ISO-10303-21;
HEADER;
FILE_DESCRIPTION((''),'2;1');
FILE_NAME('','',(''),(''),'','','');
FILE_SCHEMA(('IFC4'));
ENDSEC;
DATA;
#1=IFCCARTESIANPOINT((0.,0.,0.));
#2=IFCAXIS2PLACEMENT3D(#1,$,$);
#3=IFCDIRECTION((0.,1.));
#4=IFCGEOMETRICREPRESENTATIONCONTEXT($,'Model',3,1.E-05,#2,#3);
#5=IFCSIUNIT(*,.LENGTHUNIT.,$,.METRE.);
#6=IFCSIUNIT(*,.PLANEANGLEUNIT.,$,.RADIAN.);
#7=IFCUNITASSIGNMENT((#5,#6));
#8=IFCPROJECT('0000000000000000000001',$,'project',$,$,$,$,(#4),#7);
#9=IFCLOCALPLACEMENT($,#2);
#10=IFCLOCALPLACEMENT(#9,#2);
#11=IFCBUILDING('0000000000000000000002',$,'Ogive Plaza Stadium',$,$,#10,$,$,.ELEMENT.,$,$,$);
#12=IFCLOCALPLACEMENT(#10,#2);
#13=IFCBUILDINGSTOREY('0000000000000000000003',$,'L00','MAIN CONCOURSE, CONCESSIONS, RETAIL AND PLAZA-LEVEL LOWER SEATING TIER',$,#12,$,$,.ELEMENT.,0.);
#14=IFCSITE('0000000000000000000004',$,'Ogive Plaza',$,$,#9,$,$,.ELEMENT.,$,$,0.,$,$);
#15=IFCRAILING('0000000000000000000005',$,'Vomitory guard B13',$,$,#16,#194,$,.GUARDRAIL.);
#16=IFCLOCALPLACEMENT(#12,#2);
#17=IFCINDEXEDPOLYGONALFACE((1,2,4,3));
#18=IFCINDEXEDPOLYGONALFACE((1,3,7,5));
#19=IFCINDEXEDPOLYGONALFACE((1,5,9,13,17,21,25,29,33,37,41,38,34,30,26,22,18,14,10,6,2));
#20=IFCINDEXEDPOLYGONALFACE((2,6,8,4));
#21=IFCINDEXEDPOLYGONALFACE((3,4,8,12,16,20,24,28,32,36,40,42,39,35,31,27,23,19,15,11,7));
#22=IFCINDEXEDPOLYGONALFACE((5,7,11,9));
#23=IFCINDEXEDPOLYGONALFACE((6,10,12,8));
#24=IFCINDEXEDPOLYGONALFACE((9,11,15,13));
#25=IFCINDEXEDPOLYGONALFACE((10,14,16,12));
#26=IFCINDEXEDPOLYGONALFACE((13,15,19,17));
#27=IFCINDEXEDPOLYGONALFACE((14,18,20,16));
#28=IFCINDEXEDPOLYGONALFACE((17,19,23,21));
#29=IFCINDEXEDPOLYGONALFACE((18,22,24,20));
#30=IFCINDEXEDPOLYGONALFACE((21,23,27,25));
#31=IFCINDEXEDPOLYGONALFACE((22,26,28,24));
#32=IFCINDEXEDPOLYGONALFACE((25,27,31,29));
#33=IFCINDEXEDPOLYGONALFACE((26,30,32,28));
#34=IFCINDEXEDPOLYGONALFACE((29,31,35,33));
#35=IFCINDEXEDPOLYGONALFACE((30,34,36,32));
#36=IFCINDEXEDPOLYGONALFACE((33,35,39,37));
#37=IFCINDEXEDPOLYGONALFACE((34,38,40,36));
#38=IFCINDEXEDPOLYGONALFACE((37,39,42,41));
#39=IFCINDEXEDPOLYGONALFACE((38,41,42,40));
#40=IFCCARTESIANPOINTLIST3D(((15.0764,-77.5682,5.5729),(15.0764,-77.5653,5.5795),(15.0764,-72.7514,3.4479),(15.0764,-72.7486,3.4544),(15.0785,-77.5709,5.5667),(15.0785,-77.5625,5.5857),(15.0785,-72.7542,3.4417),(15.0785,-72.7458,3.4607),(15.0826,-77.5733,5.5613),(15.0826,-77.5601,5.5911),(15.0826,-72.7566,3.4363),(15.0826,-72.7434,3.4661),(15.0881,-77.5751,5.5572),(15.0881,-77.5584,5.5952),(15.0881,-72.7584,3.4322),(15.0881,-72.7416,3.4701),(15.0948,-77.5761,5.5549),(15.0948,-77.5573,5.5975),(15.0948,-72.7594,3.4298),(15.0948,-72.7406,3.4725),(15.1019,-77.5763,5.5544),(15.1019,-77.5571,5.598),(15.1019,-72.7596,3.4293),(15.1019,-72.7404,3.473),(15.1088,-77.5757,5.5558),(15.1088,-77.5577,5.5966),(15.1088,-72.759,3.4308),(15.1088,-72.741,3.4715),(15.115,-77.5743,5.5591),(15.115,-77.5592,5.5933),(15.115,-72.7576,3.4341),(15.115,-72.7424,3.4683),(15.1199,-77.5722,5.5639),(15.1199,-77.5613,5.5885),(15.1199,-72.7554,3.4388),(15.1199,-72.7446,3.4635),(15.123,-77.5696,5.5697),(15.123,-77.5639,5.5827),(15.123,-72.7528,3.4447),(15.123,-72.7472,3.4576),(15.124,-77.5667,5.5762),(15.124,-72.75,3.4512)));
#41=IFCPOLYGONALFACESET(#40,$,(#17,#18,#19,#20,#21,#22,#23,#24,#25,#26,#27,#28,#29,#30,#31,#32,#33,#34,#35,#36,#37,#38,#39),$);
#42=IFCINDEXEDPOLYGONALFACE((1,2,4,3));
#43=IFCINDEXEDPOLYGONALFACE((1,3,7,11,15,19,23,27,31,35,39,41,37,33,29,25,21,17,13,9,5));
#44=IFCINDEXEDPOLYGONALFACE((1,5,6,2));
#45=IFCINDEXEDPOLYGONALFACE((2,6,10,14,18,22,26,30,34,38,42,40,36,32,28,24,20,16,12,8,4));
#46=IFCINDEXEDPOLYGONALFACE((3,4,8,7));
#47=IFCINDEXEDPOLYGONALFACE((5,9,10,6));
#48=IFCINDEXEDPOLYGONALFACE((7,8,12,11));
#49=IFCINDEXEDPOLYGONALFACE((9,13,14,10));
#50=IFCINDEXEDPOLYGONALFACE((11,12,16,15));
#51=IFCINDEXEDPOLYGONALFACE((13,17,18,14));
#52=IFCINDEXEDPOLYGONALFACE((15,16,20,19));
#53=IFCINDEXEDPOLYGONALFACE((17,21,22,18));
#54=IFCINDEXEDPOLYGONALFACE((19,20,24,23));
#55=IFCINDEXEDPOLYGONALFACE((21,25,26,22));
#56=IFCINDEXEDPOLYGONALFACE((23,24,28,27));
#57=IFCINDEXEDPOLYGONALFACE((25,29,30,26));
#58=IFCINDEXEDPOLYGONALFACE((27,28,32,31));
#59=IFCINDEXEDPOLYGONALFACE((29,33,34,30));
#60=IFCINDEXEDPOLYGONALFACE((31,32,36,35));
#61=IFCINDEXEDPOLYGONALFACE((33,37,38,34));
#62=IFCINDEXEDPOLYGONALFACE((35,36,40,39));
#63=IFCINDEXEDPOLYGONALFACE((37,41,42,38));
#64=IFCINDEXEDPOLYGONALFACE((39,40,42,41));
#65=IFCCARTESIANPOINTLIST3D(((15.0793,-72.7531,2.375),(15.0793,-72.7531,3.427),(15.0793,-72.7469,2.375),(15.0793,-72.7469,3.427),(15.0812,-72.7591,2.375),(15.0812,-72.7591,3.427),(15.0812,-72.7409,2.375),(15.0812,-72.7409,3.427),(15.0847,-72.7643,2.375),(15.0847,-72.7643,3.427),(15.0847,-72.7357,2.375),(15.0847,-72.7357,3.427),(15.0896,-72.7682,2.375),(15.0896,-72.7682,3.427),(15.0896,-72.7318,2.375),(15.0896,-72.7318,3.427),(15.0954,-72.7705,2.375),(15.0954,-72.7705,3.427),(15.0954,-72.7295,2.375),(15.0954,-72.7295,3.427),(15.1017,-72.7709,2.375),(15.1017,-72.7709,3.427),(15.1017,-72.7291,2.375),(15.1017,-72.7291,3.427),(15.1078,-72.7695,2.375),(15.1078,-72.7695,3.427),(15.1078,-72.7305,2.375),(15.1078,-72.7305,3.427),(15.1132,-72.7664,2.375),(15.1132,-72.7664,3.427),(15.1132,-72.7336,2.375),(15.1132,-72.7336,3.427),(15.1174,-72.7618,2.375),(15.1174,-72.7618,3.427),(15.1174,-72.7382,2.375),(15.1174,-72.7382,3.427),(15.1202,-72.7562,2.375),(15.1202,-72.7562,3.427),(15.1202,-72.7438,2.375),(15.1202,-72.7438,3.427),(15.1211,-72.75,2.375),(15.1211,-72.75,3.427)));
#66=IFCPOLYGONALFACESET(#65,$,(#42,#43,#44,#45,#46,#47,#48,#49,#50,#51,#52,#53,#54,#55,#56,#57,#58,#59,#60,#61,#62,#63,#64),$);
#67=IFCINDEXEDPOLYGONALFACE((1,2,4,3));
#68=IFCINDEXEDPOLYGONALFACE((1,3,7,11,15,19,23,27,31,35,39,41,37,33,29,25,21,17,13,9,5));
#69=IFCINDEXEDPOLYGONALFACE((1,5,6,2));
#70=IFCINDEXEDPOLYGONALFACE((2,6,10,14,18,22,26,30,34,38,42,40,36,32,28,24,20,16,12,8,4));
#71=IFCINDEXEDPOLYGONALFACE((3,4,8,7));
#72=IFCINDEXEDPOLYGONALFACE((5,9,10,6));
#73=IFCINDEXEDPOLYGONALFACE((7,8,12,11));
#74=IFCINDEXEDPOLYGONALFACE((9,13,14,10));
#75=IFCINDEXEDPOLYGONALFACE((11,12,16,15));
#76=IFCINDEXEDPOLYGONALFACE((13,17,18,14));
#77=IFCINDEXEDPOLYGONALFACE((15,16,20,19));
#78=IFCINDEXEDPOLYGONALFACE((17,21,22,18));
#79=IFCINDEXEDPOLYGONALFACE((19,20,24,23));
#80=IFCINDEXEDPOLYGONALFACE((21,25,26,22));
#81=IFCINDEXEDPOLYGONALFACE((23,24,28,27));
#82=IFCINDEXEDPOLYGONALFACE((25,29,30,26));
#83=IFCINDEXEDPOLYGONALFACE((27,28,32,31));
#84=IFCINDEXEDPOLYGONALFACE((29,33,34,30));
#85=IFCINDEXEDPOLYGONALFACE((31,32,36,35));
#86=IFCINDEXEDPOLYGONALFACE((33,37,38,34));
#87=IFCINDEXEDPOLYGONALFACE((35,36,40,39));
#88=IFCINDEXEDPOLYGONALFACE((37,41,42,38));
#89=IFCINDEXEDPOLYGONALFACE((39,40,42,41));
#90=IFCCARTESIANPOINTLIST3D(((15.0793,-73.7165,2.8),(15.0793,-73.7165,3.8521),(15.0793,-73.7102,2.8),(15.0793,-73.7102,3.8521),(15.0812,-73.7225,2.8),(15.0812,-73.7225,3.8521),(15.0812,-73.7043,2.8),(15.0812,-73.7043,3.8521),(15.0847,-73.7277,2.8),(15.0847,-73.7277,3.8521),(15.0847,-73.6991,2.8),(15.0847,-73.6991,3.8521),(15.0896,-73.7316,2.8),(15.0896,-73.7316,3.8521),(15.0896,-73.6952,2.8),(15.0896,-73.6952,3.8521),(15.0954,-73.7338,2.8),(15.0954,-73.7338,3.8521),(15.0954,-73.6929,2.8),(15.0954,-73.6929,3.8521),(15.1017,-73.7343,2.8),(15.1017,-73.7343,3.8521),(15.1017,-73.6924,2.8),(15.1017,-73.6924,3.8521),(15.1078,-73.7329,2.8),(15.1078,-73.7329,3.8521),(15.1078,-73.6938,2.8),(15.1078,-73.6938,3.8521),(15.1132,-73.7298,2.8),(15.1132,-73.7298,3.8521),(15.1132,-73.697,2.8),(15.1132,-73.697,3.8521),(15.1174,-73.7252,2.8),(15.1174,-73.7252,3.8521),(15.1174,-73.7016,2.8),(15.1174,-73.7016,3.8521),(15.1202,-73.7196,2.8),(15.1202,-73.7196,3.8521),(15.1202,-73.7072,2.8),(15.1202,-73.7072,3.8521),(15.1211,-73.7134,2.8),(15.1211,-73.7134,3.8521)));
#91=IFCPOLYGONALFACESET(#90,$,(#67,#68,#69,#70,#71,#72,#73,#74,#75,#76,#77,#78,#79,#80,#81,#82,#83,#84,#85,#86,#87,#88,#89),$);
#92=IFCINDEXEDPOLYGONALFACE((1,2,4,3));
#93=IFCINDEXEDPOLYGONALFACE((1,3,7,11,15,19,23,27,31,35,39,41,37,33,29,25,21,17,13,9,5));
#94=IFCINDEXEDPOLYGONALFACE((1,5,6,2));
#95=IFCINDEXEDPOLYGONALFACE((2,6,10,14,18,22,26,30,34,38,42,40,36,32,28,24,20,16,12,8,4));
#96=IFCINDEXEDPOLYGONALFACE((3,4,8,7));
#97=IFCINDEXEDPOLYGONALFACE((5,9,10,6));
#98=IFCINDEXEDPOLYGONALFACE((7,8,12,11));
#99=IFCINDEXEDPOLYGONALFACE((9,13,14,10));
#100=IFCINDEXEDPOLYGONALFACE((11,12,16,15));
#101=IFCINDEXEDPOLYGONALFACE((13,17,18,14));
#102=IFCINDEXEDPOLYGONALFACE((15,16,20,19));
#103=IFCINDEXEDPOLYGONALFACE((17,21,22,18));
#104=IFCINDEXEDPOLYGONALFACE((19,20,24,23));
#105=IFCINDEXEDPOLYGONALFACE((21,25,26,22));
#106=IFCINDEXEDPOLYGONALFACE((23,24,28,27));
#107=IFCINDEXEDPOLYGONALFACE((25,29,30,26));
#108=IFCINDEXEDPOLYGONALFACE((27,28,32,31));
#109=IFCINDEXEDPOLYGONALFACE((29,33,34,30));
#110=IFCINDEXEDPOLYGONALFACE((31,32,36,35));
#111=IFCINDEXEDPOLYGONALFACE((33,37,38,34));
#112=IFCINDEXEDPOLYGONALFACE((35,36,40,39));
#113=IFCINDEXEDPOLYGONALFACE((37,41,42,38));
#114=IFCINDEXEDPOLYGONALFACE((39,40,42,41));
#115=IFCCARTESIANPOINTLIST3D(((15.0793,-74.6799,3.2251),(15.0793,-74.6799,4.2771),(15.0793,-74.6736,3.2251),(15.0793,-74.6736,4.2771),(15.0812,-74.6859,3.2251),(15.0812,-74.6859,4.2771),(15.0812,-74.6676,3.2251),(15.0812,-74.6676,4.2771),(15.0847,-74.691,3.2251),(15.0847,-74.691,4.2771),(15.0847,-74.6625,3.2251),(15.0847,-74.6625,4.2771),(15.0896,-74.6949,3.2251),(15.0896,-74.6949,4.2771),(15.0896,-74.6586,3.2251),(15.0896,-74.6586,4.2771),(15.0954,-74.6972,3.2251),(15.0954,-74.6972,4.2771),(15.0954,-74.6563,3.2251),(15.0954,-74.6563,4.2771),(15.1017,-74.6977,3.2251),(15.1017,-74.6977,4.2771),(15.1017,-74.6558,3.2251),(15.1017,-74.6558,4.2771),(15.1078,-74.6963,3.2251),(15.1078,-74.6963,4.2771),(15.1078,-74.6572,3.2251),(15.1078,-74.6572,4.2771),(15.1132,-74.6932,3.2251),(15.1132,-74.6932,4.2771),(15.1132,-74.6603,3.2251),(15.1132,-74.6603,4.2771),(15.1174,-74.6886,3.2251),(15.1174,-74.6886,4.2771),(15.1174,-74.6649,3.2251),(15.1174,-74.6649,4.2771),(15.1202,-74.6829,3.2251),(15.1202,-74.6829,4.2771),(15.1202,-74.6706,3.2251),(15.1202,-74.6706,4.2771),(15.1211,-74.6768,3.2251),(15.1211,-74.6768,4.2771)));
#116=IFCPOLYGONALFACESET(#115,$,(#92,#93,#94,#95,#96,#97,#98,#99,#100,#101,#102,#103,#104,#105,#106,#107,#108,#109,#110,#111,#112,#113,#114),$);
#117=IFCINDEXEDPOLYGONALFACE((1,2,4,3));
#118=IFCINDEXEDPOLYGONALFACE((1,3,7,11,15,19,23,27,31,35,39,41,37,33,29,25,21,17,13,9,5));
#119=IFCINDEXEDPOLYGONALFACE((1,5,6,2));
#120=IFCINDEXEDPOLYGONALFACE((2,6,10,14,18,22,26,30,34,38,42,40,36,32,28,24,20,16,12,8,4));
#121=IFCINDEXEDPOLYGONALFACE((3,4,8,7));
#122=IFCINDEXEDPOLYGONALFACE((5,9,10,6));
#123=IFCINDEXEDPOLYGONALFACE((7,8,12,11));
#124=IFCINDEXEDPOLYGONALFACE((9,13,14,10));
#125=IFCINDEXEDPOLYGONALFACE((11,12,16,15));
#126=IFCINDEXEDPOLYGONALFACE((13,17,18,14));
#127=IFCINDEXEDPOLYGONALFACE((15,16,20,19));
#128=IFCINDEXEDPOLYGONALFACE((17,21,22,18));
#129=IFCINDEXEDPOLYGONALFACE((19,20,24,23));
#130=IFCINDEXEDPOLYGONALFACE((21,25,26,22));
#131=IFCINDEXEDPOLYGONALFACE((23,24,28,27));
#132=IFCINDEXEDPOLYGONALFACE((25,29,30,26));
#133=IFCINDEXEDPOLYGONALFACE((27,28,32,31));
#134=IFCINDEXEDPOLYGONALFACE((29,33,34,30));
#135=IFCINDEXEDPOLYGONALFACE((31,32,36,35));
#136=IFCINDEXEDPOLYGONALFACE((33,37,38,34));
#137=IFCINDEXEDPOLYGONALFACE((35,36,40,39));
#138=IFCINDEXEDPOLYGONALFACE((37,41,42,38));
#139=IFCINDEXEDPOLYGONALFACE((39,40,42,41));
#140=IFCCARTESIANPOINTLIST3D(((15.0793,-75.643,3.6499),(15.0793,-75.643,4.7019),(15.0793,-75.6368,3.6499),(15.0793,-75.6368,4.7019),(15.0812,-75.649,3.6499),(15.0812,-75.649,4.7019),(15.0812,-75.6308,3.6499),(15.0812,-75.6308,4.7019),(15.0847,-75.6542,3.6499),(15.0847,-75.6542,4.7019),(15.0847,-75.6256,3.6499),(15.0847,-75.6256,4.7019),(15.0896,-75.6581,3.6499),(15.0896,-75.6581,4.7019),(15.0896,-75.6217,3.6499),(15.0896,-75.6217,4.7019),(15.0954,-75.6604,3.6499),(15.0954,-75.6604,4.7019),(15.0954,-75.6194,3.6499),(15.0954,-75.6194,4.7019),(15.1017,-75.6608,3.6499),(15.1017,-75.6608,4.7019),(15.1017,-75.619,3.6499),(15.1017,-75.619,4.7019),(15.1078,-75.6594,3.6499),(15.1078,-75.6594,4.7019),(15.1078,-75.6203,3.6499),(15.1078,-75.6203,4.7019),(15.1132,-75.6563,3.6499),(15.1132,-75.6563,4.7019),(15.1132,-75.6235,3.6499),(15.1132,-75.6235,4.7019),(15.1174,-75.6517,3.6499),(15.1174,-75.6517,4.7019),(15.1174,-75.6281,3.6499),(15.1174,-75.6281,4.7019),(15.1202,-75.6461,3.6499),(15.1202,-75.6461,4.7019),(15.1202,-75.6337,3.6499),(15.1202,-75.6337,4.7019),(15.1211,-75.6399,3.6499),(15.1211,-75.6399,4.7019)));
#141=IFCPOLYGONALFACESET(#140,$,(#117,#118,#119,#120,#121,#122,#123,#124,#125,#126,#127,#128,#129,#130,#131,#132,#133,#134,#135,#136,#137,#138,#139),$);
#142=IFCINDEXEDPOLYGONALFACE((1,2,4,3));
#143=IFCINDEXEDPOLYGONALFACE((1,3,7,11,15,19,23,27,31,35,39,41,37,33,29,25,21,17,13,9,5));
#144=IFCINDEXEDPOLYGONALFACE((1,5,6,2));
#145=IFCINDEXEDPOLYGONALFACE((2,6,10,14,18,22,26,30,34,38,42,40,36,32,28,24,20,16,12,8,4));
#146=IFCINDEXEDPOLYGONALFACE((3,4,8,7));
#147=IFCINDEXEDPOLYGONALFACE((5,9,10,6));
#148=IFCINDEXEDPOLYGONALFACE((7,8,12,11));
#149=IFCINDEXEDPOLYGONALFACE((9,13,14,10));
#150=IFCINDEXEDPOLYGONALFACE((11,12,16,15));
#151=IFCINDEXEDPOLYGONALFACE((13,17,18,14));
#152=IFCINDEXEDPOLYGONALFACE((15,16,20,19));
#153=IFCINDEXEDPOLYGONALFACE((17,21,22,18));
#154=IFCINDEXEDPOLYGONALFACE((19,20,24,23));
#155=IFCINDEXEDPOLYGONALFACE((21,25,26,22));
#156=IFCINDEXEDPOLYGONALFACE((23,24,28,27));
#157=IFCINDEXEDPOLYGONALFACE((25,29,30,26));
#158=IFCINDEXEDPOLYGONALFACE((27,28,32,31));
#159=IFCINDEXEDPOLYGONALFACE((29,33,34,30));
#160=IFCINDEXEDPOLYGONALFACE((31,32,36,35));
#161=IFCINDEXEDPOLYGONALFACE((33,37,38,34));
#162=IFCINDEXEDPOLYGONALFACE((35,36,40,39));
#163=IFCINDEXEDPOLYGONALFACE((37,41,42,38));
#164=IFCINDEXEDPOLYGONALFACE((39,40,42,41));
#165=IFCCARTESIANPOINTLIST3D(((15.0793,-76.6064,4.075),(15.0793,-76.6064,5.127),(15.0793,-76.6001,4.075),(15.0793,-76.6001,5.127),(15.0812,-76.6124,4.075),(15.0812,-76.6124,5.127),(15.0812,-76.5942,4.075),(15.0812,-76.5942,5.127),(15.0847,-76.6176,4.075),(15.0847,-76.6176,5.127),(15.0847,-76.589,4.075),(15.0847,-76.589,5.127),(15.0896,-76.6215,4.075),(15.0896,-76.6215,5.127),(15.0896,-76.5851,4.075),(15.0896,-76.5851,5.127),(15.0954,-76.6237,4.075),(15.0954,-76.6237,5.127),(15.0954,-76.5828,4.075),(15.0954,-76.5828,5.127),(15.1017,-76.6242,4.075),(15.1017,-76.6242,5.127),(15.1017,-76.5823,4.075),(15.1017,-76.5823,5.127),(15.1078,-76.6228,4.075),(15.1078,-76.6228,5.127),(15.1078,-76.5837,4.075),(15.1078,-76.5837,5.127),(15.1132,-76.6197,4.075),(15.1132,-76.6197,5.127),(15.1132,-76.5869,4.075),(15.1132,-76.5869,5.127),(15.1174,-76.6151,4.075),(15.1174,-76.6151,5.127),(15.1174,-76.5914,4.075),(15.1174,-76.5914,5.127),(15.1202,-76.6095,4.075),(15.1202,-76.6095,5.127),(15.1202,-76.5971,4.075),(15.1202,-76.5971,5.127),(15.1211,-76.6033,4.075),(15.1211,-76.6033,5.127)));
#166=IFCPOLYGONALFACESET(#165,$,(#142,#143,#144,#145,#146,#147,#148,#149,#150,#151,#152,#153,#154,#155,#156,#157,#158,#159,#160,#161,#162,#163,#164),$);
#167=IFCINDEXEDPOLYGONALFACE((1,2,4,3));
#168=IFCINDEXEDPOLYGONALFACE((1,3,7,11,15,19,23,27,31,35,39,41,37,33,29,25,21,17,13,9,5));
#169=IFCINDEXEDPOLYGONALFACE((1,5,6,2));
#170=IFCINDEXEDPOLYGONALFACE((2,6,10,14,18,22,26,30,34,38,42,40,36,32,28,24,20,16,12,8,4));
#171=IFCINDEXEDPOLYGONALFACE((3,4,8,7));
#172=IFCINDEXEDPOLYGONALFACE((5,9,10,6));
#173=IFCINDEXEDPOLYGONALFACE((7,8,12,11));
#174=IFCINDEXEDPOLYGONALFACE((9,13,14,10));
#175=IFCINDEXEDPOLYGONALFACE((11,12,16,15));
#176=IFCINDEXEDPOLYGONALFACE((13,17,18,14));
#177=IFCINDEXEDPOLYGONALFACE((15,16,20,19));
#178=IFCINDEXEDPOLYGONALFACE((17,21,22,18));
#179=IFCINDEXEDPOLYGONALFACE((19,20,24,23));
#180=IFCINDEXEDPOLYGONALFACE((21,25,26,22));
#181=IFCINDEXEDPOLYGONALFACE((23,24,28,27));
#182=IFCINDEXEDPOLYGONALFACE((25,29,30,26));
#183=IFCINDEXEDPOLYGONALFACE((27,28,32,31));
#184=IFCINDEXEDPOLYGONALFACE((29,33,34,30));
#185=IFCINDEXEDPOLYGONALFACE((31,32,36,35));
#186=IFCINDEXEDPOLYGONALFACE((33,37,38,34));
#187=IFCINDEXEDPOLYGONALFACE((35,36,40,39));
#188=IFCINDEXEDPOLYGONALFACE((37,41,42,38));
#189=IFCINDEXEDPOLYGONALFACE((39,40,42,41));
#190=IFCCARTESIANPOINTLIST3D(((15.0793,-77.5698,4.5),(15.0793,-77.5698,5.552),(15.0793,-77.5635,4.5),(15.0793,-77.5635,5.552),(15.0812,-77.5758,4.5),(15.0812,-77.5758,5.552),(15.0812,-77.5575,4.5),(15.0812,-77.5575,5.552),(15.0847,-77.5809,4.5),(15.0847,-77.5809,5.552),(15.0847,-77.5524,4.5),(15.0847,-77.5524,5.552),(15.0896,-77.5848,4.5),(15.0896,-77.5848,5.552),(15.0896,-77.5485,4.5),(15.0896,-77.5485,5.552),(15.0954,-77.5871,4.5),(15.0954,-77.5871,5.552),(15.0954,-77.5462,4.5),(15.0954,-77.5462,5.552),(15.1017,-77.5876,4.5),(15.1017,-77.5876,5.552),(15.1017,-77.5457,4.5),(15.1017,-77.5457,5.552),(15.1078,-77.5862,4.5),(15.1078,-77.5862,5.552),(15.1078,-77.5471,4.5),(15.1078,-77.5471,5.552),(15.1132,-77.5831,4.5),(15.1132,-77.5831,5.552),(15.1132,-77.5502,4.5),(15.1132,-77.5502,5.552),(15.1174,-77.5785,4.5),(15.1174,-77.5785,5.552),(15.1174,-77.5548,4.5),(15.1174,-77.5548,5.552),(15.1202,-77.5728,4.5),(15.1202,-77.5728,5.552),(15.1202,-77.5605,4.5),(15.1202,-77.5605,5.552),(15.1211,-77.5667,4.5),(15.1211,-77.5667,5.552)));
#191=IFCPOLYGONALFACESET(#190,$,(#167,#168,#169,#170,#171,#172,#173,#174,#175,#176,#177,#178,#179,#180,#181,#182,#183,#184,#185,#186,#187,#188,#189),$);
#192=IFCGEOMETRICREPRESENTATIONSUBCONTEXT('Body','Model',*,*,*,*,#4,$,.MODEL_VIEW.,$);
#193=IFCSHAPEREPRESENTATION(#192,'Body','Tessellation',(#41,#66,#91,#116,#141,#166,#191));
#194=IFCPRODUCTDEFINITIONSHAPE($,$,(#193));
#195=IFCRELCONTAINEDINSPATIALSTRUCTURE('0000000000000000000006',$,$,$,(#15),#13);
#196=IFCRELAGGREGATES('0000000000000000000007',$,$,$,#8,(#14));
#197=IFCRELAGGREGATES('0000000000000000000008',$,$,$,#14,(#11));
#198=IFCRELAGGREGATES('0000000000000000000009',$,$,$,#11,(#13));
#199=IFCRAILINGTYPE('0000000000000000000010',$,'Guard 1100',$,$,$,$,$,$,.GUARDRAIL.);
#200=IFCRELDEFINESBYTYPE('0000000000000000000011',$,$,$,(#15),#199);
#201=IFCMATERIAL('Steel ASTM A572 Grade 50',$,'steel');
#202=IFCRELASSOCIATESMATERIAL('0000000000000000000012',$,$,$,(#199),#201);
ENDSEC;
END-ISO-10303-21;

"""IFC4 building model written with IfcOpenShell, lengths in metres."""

from ifc_helpers import new_model, si_unit, direction, frame, origin, origin_2d, place, context, subcontext, project, spatial, circle, extrude, material, type_object, element, save


model = new_model("IFC4")

# Units and contexts
model_context = context("Model", 3, precision=1e-05, world=origin(), true_north=direction((0.0, 1.0)))
body_context = subcontext(model_context, "Body", "Model", "MODEL_VIEW")
ifc_project = project(units=[si_unit("LENGTHUNIT", "METRE"), si_unit("PLANEANGLEUNIT", "RADIAN")], contexts=[model_context])

# Site, building, storey
site_placement = place(None, origin())
site = spatial("IfcSite", under=ifc_project, at=site_placement, Name="Ogive Plaza", CompositionType="ELEMENT", RefElevation=0.0)
building_placement = place(site_placement, origin())
building = spatial("IfcBuilding", under=site, at=building_placement, Name="Ogive Plaza Stadium", CompositionType="ELEMENT")
storey_placement = place(building_placement, origin())
storey = spatial("IfcBuildingStorey", under=building, at=storey_placement, Name="L00", Description="MAIN CONCOURSE, CONCESSIONS, RETAIL AND PLAZA-LEVEL LOWER SEATING TIER", CompositionType="ELEMENT", Elevation=0.0)

# Railing
ifc_material_1 = material(Name="Steel ASTM A572 Grade 50", Category="steel")
railing_type = type_object("IfcRailingType", Name="Guard 1100", PredefinedType="GUARDRAIL", material=ifc_material_1)
for number, where, name in (
    (1, (15.1001, -72.75, 2.375), "Vomitory guard B13"),
):
    element("IfcRailing", number, at=place(storey_placement, frame(where)), inside=storey, type_object=railing_type, Name=name, PredefinedType="GUARDRAIL", context=body_context, shape_type="SweptSolid", body=[
        extrude(circle(Radius=0.0239, at=origin_2d()), frame((0.0, 0.0, 1.0762), z_axis=(0.0, -0.914917, 0.403641), x_axis=(1.0, 0.0, 0.0)), (0.0, 0.0, 1.0), 5.2646),
        extrude(circle(Radius=0.021, at=origin_2d()), origin(), (0.0, 0.0, 1.0), 1.052),
        extrude(circle(Radius=0.021, at=origin_2d()), frame((0.0, -0.9634, 0.425)), (0.0, 0.0, 1.0), 1.052),
        extrude(circle(Radius=0.021, at=origin_2d()), frame((0.0, -1.9268, 0.8501)), (0.0, 0.0, 1.0), 1.052),
        extrude(circle(Radius=0.021, at=origin_2d()), frame((0.0, -2.8899, 1.2749)), (0.0, 0.0, 1.0), 1.052),
        extrude(circle(Radius=0.021, at=origin_2d()), frame((0.0, -3.8533, 1.7)), (0.0, 0.0, 1.0), 1.052),
        extrude(circle(Radius=0.021, at=origin_2d()), frame((0.0, -4.8167, 2.125)), (0.0, 0.0, 1.0), 1.052),
    ])

save(model, "model.ifc")
